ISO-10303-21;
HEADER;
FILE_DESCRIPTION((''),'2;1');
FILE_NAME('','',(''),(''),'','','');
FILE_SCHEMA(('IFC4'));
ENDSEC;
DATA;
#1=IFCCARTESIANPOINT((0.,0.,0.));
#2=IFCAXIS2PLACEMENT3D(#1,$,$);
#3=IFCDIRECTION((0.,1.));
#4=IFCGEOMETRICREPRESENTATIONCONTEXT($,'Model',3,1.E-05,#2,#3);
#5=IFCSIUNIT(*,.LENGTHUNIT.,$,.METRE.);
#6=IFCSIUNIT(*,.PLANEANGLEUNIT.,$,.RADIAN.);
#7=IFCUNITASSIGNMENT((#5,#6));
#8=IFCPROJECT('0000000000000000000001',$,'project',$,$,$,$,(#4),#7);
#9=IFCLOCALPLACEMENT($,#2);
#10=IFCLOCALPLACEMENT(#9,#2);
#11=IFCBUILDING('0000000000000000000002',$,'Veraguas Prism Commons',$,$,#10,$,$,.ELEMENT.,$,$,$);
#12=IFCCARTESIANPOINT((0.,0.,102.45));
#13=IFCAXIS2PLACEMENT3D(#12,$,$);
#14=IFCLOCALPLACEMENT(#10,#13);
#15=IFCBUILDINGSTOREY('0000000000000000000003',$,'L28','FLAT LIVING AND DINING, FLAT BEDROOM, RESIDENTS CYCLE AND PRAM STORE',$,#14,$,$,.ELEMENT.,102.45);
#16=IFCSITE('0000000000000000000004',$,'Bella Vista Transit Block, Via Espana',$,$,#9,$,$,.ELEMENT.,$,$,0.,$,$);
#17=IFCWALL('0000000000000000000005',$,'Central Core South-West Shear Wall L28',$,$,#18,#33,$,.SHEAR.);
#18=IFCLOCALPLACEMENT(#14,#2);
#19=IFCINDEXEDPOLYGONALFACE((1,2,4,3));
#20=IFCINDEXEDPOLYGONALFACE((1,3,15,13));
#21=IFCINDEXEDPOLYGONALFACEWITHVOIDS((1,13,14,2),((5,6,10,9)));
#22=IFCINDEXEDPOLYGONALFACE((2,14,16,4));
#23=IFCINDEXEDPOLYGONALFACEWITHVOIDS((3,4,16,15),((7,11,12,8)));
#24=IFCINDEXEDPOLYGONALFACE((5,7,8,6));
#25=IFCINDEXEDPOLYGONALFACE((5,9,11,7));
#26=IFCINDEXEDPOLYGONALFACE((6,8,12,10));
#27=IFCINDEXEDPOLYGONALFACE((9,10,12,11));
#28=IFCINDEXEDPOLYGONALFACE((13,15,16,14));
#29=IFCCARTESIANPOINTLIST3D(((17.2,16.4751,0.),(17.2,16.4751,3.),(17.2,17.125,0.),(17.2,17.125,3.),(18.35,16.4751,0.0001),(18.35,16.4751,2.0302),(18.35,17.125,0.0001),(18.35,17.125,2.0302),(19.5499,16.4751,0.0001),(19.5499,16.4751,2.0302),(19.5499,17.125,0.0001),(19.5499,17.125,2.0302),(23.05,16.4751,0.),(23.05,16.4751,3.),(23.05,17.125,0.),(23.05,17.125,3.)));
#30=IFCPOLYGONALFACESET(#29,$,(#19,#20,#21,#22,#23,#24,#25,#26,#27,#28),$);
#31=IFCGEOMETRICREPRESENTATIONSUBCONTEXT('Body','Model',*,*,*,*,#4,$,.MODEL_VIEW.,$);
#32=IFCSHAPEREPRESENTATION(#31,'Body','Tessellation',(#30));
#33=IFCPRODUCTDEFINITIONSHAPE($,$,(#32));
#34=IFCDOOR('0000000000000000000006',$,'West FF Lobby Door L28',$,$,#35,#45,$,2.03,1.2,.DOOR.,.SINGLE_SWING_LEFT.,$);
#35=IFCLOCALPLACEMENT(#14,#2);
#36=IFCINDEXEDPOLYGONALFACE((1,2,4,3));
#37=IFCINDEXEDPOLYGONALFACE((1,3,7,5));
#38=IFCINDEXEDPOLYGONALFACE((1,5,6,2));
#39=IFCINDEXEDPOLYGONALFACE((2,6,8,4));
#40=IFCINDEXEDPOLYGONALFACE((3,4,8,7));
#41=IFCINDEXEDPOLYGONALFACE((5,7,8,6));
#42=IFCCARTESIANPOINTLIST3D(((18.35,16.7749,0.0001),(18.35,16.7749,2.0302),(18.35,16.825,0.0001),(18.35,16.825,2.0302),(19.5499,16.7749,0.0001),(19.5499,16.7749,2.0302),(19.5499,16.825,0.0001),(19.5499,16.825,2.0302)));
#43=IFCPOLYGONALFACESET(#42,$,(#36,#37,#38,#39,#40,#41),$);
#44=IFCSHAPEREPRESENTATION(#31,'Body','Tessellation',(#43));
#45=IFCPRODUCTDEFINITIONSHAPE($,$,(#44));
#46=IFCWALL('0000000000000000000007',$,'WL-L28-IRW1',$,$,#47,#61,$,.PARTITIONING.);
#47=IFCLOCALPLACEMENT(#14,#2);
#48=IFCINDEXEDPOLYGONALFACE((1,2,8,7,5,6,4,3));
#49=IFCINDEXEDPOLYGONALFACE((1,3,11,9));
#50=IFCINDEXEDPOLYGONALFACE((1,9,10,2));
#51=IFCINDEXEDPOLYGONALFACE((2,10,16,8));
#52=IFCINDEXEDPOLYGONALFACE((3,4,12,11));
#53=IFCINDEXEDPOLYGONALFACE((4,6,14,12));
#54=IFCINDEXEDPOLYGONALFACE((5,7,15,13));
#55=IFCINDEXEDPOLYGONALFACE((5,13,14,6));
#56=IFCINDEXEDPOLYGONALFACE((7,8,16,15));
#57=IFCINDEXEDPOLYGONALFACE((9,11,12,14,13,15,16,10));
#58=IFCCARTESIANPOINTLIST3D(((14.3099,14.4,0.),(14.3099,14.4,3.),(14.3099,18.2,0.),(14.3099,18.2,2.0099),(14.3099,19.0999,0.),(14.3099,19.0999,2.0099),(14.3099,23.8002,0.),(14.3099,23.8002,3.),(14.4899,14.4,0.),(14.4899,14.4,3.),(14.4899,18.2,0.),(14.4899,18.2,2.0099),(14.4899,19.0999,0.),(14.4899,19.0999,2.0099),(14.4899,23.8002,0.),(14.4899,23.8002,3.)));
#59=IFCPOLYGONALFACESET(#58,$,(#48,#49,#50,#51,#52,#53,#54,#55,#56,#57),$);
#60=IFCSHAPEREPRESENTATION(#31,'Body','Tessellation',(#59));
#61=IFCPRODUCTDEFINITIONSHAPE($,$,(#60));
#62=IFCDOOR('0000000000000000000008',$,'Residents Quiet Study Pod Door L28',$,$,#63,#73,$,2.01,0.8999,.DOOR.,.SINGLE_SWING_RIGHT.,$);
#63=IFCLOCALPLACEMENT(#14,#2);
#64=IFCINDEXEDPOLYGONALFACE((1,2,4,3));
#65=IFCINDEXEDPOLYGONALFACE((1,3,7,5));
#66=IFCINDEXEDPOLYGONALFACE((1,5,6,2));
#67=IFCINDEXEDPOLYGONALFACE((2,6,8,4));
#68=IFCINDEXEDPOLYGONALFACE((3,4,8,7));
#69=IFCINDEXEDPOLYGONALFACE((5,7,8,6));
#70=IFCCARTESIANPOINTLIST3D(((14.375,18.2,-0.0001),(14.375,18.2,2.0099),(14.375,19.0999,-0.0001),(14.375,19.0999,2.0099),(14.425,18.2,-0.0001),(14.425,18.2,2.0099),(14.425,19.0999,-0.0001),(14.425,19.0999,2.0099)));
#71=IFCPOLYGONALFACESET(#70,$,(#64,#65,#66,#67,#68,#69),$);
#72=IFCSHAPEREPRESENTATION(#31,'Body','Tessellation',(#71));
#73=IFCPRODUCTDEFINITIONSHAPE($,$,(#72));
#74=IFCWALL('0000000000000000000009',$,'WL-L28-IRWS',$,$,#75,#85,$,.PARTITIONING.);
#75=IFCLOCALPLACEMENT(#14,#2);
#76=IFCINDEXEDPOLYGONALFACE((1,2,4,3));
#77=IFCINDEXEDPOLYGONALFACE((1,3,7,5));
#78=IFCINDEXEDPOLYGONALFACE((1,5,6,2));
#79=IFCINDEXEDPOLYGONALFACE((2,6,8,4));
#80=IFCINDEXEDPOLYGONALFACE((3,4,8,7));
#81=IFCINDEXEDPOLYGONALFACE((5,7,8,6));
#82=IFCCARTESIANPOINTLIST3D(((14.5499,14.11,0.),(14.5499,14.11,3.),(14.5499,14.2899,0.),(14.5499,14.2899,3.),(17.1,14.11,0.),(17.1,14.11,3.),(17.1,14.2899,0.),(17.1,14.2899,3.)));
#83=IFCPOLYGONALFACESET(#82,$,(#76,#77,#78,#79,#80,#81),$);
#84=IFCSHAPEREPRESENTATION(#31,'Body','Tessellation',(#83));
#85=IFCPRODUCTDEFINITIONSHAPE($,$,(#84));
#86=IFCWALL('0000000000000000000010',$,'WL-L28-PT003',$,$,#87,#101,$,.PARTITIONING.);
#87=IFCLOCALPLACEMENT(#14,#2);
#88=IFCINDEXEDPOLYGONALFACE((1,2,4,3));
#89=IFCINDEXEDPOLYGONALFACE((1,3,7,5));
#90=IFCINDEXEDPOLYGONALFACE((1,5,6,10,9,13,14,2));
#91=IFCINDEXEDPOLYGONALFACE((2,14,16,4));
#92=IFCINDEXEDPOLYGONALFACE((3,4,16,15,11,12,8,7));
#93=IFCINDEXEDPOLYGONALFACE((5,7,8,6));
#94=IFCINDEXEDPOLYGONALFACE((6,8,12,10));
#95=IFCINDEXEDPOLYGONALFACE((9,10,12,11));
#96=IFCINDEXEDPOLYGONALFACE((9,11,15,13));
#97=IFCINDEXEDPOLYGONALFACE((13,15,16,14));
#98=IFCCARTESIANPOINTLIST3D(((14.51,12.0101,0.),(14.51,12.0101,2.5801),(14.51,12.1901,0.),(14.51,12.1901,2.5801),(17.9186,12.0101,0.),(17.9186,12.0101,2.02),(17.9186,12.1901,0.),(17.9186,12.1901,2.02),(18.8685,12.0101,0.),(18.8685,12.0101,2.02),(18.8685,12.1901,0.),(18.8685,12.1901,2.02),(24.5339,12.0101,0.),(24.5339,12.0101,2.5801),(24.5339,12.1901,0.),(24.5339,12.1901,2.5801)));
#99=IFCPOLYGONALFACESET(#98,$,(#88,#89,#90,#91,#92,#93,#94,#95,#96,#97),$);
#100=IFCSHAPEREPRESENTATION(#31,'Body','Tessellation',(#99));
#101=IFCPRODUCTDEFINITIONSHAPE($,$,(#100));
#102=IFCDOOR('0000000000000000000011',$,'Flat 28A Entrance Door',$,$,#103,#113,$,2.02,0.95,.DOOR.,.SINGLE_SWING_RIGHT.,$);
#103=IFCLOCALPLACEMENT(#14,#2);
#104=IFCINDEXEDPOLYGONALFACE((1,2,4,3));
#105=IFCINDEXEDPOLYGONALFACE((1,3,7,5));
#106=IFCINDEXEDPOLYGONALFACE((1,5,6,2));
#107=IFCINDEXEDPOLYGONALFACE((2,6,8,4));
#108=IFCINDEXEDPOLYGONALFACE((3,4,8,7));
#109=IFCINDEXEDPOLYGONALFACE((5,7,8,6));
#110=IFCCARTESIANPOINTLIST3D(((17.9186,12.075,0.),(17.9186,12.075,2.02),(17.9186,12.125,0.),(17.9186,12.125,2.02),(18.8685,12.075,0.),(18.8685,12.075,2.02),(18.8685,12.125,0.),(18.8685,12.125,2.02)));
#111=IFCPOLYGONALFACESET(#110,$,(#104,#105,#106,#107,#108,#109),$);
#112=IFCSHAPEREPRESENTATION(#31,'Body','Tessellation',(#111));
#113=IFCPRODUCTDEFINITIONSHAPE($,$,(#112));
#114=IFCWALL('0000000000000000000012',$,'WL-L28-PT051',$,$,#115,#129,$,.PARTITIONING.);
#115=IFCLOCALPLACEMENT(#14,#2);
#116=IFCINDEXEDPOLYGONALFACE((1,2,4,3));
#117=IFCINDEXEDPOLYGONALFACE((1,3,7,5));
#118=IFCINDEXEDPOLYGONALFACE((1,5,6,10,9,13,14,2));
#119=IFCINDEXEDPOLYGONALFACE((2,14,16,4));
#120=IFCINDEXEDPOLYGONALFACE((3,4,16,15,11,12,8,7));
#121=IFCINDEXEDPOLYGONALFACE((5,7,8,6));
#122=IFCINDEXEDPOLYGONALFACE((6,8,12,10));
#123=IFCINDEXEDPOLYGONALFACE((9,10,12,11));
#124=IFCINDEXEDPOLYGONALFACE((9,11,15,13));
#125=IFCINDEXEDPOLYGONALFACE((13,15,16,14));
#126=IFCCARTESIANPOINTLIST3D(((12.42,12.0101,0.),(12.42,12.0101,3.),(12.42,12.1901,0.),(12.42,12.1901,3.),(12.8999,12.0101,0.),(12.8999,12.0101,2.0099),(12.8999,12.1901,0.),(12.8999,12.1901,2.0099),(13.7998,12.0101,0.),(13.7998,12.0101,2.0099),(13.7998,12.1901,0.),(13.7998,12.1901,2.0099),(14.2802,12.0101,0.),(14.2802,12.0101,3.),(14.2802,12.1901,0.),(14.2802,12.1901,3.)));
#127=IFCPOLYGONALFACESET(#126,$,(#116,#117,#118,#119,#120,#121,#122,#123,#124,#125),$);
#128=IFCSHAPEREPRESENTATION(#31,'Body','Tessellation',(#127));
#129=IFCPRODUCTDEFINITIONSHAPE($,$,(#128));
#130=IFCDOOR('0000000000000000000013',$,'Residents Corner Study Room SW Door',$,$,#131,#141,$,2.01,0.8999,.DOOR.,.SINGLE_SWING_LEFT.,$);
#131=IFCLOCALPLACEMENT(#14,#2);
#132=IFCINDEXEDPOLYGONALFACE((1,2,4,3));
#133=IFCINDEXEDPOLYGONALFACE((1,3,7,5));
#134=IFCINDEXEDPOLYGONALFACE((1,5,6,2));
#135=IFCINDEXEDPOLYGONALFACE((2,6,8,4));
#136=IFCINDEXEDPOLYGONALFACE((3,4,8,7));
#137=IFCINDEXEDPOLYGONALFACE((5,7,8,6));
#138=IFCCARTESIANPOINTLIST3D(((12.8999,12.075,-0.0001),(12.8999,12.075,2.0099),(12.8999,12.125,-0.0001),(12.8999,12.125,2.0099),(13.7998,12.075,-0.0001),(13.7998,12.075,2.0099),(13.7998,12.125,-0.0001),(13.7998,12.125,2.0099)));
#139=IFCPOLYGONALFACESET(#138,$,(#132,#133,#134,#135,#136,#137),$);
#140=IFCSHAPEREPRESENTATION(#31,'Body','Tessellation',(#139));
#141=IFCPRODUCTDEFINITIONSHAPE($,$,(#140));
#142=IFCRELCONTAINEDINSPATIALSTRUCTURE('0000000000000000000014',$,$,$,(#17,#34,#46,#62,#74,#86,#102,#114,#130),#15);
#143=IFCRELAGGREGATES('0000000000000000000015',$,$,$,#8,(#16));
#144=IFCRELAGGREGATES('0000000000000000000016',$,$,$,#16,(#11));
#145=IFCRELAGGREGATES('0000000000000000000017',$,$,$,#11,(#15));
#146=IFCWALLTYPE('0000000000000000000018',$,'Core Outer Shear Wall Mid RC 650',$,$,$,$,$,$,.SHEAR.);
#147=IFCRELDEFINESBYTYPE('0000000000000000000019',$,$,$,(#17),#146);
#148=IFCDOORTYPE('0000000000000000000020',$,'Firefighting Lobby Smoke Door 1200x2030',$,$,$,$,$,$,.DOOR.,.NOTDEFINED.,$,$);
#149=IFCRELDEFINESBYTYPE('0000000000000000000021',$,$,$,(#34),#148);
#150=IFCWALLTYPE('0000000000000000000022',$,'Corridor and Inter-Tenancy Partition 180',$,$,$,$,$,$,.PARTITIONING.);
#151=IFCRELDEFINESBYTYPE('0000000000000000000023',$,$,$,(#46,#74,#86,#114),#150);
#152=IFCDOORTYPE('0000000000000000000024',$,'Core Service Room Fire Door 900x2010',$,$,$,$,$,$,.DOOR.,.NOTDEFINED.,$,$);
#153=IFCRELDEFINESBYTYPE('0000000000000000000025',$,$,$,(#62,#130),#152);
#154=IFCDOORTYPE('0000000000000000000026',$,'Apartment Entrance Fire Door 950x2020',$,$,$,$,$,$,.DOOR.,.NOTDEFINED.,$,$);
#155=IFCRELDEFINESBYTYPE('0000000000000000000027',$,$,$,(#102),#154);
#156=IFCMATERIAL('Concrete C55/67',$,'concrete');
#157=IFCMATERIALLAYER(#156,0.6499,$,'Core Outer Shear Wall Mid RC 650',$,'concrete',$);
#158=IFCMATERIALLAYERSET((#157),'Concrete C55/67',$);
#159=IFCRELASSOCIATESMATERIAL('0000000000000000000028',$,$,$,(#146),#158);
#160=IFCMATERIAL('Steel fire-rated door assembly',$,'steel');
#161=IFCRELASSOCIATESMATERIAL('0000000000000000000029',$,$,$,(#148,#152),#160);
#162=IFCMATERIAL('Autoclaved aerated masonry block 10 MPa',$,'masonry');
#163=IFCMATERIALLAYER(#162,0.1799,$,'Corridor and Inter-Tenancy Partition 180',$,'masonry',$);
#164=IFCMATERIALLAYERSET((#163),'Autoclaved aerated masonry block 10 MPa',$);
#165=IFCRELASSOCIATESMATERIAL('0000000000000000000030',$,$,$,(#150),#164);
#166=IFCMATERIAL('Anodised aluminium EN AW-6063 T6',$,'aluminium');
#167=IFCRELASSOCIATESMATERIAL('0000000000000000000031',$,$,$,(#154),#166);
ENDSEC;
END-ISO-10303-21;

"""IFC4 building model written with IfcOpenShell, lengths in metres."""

from ifc_helpers import new_model, si_unit, direction, frame, frame_2d, origin, place, context, subcontext, project, spatial, rectangle, extrude, source, transform, mapped, material, layer, layer_set, type_object, element, fill, save


model = new_model("IFC4")

# Units and contexts
model_context = context("Model", 3, precision=1e-05, world=origin(), true_north=direction((0.0, 1.0)))
body_context = subcontext(model_context, "Body", "Model", "MODEL_VIEW")
ifc_project = project(units=[si_unit("LENGTHUNIT", "METRE"), si_unit("PLANEANGLEUNIT", "RADIAN")], contexts=[model_context])

# Site, building, storey
site_placement = place(None, origin())
site = spatial("IfcSite", under=ifc_project, at=site_placement, Name="Bella Vista Transit Block, Via Espana", CompositionType="ELEMENT", RefElevation=0.0)
building_placement = place(site_placement, origin())
building = spatial("IfcBuilding", under=site, at=building_placement, Name="Veraguas Prism Commons", CompositionType="ELEMENT")
storey_placement = place(building_placement, frame((0.0, 0.0, 102.45)))
storey = spatial("IfcBuildingStorey", under=building, at=storey_placement, Name="L28", Description="FLAT LIVING AND DINING, FLAT BEDROOM, RESIDENTS CYCLE AND PRAM STORE", CompositionType="ELEMENT", Elevation=102.45)

# Shared definitions
ifc_material_1 = material(Name="Steel fire-rated door assembly", Category="steel")

# Shared definitions
ifc_material_2 = material(Name="Concrete C55/67", Category="concrete")
ifc_layer_1 = layer(ifc_material_2, 0.6499, Name="Core Outer Shear Wall Mid RC 650", Category="concrete")
ifc_layer_set_1 = layer_set([ifc_layer_1], Name="Concrete C55/67")
wall_type_1 = type_object("IfcWallType", Name="Core Outer Shear Wall Mid RC 650", PredefinedType="SHEAR", material=ifc_layer_set_1)

# Walls, openings, doors
wall_1_placement = place(storey_placement, frame((17.2, 16.8, 0.0), z_axis=(0.0, 0.0, 1.0), x_axis=(1.0, 0.0, 0.0)))
wall_1 = element("IfcWall", 1, at=wall_1_placement, inside=storey, type_object=wall_type_1, Name="Central Core South-West Shear Wall L28", PredefinedType="SHEAR", context=body_context, shape_type="SweptSolid", body=[
    extrude(rectangle(XDim=5.8501, YDim=0.6499, at=frame_2d((2.925, 0.0))), origin(), (0.0, 0.0, 1.0), 3.0),
])
opening_1_placement = place(wall_1_placement, frame((1.1499, 0.0, 0.0)))
opening_1 = element("IfcOpeningElement", 2, at=opening_1_placement, cuts=wall_1, PredefinedType="OPENING", context=body_context, shape_type="SweptSolid", body=[
    extrude(rectangle(XDim=1.2, YDim=2.03, at=frame_2d((0.6001, 1.0151))), frame((0.0, 0.335, 0.0), z_axis=(0.0, -1.0, 0.0), x_axis=(1.0, 0.0, 0.0)), (0.0, 0.0, 1.0), 0.6699),
])
door_type_1 = type_object("IfcDoorType", Name="Firefighting Lobby Smoke Door 1200x2030", OperationType="NOTDEFINED", PredefinedType="DOOR", material=ifc_material_1)
shared_shape_1 = source(origin(), body_context, "Body", "SweptSolid", [
    extrude(rectangle(XDim=1.2, YDim=2.03, at=frame_2d((0.6001, 1.0151))), frame((0.0, 0.0249, 0.0), z_axis=(0.0, -1.0, 0.0), x_axis=(1.0, 0.0, 0.0)), (0.0, 0.0, 1.0), 0.05),
])
door_1_placement = place(opening_1_placement, origin())
door_1 = element("IfcDoor", 3, at=door_1_placement, inside=storey, type_object=door_type_1, Name="West FF Lobby Door L28", OperationType="SINGLE_SWING_LEFT", OverallHeight=2.03, OverallWidth=1.2, PredefinedType="DOOR", context=body_context, shape_type="MappedRepresentation", body=[
    mapped(shared_shape_1, transform((0.0, 0.0, 0.0), scale=1.0)),
])
fill(opening_1, door_1)
ifc_material_3 = material(Name="Autoclaved aerated masonry block 10 MPa", Category="masonry")
ifc_layer_2 = layer(ifc_material_3, 0.1799, Name="Corridor and Inter-Tenancy Partition 180", Category="masonry")
ifc_layer_set_2 = layer_set([ifc_layer_2], Name="Autoclaved aerated masonry block 10 MPa")
wall_type_2 = type_object("IfcWallType", Name="Corridor and Inter-Tenancy Partition 180", PredefinedType="PARTITIONING", material=ifc_layer_set_2)
wall_2_placement = place(storey_placement, frame((14.3999, 14.3999, 0.0), z_axis=(0.0, 0.0, 1.0), x_axis=(0.0, 1.0, 0.0)))
wall_2 = element("IfcWall", 4, at=wall_2_placement, inside=storey, type_object=wall_type_2, Name="WL-L28-IRW1", PredefinedType="PARTITIONING", context=body_context, shape_type="SweptSolid", body=[
    extrude(rectangle(XDim=9.4001, YDim=0.1799, at=frame_2d((4.7002, 0.0))), origin(), (0.0, 0.0, 1.0), 3.0),
])
opening_2_placement = place(wall_2_placement, frame((3.8, 0.0, 0.0)))
opening_2 = element("IfcOpeningElement", 5, at=opening_2_placement, cuts=wall_2, PredefinedType="OPENING", context=body_context, shape_type="SweptSolid", body=[
    extrude(rectangle(XDim=0.8999, YDim=2.01, at=frame_2d((0.45, 1.0049))), frame((0.0, 0.0999, 0.0), z_axis=(0.0, -1.0, 0.0), x_axis=(1.0, 0.0, 0.0)), (0.0, 0.0, 1.0), 0.2),
])
door_type_2 = type_object("IfcDoorType", Name="Core Service Room Fire Door 900x2010", OperationType="NOTDEFINED", PredefinedType="DOOR", material=ifc_material_1)
shared_shape_2 = source(origin(), body_context, "Body", "SweptSolid", [
    extrude(rectangle(XDim=0.8999, YDim=2.01, at=frame_2d((0.45, 1.0049))), frame((0.0, 0.0249, 0.0), z_axis=(0.0, -1.0, 0.0), x_axis=(1.0, 0.0, 0.0)), (0.0, 0.0, 1.0), 0.05),
])
door_2_placement = place(opening_2_placement, origin())
door_2 = element("IfcDoor", 6, at=door_2_placement, inside=storey, type_object=door_type_2, Name="Residents Quiet Study Pod Door L28", OperationType="SINGLE_SWING_RIGHT", OverallHeight=2.01, OverallWidth=0.8999, PredefinedType="DOOR", context=body_context, shape_type="MappedRepresentation", body=[
    mapped(shared_shape_2, transform((0.0, 0.0, 0.0), scale=1.0)),
])
fill(opening_2, door_2)

# Wall
wall_3_placement = place(storey_placement, frame((14.55, 14.2, 0.0), z_axis=(0.0, 0.0, 1.0), x_axis=(1.0, 0.0, 0.0)))
element("IfcWall", 7, at=wall_3_placement, inside=storey, type_object=wall_type_2, Name="WL-L28-IRWS", PredefinedType="PARTITIONING", context=body_context, shape_type="SweptSolid", body=[
    extrude(rectangle(XDim=2.55, YDim=0.1799, at=frame_2d((1.2749, 0.0))), origin(), (0.0, 0.0, 1.0), 3.0),
])

# Walls, openings, doors
wall_4_placement = place(storey_placement, frame((14.51, 12.1001, 0.0), z_axis=(0.0, 0.0, 1.0), x_axis=(1.0, 0.0, 0.0)))
wall_4 = element("IfcWall", 8, at=wall_4_placement, inside=storey, type_object=wall_type_2, Name="WL-L28-PT003", PredefinedType="PARTITIONING", context=body_context, shape_type="SweptSolid", body=[
    extrude(rectangle(XDim=10.0239, YDim=0.1799, at=frame_2d((5.012, 0.0))), origin(), (0.0, 0.0, 1.0), 2.5801),
])
opening_3_placement = place(wall_4_placement, frame((3.4084, 0.0, 0.0)))
opening_3 = element("IfcOpeningElement", 9, at=opening_3_placement, cuts=wall_4, PredefinedType="OPENING", context=body_context, shape_type="SweptSolid", body=[
    extrude(rectangle(XDim=0.95, YDim=2.02, at=frame_2d((0.4751, 1.01))), frame((0.0, 0.0999, 0.0), z_axis=(0.0, -1.0, 0.0), x_axis=(1.0, 0.0, 0.0)), (0.0, 0.0, 1.0), 0.2),
])
ifc_material_4 = material(Name="Anodised aluminium EN AW-6063 T6", Category="aluminium")
door_type_3 = type_object("IfcDoorType", Name="Apartment Entrance Fire Door 950x2020", OperationType="NOTDEFINED", PredefinedType="DOOR", material=ifc_material_4)
shared_shape_3 = source(origin(), body_context, "Body", "SweptSolid", [
    extrude(rectangle(XDim=0.95, YDim=2.02, at=frame_2d((0.4751, 1.01))), frame((0.0, 0.0249, 0.0), z_axis=(0.0, -1.0, 0.0), x_axis=(1.0, 0.0, 0.0)), (0.0, 0.0, 1.0), 0.05),
])
door_3_placement = place(opening_3_placement, origin())
door_3 = element("IfcDoor", 10, at=door_3_placement, inside=storey, type_object=door_type_3, Name="Flat 28A Entrance Door", OperationType="SINGLE_SWING_RIGHT", OverallHeight=2.02, OverallWidth=0.95, PredefinedType="DOOR", context=body_context, shape_type="MappedRepresentation", body=[
    mapped(shared_shape_3, transform((0.0, 0.0, 0.0), scale=1.0)),
])
fill(opening_3, door_3)
wall_5_placement = place(storey_placement, frame((12.4199, 12.1001, 0.0), z_axis=(0.0, 0.0, 1.0), x_axis=(1.0, 0.0, 0.0)))
wall_5 = element("IfcWall", 11, at=wall_5_placement, inside=storey, type_object=wall_type_2, Name="WL-L28-PT051", PredefinedType="PARTITIONING", context=body_context, shape_type="SweptSolid", body=[
    extrude(rectangle(XDim=1.8601, YDim=0.1799, at=frame_2d((0.9302, 0.0))), origin(), (0.0, 0.0, 1.0), 3.0),
])
opening_4_placement = place(wall_5_placement, frame((0.48, 0.0, 0.0)))
opening_4 = element("IfcOpeningElement", 12, at=opening_4_placement, cuts=wall_5, PredefinedType="OPENING", context=body_context, shape_type="SweptSolid", body=[
    extrude(rectangle(XDim=0.8999, YDim=2.01, at=frame_2d((0.45, 1.0049))), frame((0.0, 0.0999, 0.0), z_axis=(0.0, -1.0, 0.0), x_axis=(1.0, 0.0, 0.0)), (0.0, 0.0, 1.0), 0.2),
])
door_4_placement = place(opening_4_placement, origin())
door_4 = element("IfcDoor", 13, at=door_4_placement, inside=storey, type_object=door_type_2, Name="Residents Corner Study Room SW Door", OperationType="SINGLE_SWING_LEFT", OverallHeight=2.01, OverallWidth=0.8999, PredefinedType="DOOR", context=body_context, shape_type="MappedRepresentation", body=[
    mapped(shared_shape_2, transform((0.0, 0.0, 0.0), scale=1.0)),
])
fill(opening_4, door_4)

save(model, "model.ifc")
